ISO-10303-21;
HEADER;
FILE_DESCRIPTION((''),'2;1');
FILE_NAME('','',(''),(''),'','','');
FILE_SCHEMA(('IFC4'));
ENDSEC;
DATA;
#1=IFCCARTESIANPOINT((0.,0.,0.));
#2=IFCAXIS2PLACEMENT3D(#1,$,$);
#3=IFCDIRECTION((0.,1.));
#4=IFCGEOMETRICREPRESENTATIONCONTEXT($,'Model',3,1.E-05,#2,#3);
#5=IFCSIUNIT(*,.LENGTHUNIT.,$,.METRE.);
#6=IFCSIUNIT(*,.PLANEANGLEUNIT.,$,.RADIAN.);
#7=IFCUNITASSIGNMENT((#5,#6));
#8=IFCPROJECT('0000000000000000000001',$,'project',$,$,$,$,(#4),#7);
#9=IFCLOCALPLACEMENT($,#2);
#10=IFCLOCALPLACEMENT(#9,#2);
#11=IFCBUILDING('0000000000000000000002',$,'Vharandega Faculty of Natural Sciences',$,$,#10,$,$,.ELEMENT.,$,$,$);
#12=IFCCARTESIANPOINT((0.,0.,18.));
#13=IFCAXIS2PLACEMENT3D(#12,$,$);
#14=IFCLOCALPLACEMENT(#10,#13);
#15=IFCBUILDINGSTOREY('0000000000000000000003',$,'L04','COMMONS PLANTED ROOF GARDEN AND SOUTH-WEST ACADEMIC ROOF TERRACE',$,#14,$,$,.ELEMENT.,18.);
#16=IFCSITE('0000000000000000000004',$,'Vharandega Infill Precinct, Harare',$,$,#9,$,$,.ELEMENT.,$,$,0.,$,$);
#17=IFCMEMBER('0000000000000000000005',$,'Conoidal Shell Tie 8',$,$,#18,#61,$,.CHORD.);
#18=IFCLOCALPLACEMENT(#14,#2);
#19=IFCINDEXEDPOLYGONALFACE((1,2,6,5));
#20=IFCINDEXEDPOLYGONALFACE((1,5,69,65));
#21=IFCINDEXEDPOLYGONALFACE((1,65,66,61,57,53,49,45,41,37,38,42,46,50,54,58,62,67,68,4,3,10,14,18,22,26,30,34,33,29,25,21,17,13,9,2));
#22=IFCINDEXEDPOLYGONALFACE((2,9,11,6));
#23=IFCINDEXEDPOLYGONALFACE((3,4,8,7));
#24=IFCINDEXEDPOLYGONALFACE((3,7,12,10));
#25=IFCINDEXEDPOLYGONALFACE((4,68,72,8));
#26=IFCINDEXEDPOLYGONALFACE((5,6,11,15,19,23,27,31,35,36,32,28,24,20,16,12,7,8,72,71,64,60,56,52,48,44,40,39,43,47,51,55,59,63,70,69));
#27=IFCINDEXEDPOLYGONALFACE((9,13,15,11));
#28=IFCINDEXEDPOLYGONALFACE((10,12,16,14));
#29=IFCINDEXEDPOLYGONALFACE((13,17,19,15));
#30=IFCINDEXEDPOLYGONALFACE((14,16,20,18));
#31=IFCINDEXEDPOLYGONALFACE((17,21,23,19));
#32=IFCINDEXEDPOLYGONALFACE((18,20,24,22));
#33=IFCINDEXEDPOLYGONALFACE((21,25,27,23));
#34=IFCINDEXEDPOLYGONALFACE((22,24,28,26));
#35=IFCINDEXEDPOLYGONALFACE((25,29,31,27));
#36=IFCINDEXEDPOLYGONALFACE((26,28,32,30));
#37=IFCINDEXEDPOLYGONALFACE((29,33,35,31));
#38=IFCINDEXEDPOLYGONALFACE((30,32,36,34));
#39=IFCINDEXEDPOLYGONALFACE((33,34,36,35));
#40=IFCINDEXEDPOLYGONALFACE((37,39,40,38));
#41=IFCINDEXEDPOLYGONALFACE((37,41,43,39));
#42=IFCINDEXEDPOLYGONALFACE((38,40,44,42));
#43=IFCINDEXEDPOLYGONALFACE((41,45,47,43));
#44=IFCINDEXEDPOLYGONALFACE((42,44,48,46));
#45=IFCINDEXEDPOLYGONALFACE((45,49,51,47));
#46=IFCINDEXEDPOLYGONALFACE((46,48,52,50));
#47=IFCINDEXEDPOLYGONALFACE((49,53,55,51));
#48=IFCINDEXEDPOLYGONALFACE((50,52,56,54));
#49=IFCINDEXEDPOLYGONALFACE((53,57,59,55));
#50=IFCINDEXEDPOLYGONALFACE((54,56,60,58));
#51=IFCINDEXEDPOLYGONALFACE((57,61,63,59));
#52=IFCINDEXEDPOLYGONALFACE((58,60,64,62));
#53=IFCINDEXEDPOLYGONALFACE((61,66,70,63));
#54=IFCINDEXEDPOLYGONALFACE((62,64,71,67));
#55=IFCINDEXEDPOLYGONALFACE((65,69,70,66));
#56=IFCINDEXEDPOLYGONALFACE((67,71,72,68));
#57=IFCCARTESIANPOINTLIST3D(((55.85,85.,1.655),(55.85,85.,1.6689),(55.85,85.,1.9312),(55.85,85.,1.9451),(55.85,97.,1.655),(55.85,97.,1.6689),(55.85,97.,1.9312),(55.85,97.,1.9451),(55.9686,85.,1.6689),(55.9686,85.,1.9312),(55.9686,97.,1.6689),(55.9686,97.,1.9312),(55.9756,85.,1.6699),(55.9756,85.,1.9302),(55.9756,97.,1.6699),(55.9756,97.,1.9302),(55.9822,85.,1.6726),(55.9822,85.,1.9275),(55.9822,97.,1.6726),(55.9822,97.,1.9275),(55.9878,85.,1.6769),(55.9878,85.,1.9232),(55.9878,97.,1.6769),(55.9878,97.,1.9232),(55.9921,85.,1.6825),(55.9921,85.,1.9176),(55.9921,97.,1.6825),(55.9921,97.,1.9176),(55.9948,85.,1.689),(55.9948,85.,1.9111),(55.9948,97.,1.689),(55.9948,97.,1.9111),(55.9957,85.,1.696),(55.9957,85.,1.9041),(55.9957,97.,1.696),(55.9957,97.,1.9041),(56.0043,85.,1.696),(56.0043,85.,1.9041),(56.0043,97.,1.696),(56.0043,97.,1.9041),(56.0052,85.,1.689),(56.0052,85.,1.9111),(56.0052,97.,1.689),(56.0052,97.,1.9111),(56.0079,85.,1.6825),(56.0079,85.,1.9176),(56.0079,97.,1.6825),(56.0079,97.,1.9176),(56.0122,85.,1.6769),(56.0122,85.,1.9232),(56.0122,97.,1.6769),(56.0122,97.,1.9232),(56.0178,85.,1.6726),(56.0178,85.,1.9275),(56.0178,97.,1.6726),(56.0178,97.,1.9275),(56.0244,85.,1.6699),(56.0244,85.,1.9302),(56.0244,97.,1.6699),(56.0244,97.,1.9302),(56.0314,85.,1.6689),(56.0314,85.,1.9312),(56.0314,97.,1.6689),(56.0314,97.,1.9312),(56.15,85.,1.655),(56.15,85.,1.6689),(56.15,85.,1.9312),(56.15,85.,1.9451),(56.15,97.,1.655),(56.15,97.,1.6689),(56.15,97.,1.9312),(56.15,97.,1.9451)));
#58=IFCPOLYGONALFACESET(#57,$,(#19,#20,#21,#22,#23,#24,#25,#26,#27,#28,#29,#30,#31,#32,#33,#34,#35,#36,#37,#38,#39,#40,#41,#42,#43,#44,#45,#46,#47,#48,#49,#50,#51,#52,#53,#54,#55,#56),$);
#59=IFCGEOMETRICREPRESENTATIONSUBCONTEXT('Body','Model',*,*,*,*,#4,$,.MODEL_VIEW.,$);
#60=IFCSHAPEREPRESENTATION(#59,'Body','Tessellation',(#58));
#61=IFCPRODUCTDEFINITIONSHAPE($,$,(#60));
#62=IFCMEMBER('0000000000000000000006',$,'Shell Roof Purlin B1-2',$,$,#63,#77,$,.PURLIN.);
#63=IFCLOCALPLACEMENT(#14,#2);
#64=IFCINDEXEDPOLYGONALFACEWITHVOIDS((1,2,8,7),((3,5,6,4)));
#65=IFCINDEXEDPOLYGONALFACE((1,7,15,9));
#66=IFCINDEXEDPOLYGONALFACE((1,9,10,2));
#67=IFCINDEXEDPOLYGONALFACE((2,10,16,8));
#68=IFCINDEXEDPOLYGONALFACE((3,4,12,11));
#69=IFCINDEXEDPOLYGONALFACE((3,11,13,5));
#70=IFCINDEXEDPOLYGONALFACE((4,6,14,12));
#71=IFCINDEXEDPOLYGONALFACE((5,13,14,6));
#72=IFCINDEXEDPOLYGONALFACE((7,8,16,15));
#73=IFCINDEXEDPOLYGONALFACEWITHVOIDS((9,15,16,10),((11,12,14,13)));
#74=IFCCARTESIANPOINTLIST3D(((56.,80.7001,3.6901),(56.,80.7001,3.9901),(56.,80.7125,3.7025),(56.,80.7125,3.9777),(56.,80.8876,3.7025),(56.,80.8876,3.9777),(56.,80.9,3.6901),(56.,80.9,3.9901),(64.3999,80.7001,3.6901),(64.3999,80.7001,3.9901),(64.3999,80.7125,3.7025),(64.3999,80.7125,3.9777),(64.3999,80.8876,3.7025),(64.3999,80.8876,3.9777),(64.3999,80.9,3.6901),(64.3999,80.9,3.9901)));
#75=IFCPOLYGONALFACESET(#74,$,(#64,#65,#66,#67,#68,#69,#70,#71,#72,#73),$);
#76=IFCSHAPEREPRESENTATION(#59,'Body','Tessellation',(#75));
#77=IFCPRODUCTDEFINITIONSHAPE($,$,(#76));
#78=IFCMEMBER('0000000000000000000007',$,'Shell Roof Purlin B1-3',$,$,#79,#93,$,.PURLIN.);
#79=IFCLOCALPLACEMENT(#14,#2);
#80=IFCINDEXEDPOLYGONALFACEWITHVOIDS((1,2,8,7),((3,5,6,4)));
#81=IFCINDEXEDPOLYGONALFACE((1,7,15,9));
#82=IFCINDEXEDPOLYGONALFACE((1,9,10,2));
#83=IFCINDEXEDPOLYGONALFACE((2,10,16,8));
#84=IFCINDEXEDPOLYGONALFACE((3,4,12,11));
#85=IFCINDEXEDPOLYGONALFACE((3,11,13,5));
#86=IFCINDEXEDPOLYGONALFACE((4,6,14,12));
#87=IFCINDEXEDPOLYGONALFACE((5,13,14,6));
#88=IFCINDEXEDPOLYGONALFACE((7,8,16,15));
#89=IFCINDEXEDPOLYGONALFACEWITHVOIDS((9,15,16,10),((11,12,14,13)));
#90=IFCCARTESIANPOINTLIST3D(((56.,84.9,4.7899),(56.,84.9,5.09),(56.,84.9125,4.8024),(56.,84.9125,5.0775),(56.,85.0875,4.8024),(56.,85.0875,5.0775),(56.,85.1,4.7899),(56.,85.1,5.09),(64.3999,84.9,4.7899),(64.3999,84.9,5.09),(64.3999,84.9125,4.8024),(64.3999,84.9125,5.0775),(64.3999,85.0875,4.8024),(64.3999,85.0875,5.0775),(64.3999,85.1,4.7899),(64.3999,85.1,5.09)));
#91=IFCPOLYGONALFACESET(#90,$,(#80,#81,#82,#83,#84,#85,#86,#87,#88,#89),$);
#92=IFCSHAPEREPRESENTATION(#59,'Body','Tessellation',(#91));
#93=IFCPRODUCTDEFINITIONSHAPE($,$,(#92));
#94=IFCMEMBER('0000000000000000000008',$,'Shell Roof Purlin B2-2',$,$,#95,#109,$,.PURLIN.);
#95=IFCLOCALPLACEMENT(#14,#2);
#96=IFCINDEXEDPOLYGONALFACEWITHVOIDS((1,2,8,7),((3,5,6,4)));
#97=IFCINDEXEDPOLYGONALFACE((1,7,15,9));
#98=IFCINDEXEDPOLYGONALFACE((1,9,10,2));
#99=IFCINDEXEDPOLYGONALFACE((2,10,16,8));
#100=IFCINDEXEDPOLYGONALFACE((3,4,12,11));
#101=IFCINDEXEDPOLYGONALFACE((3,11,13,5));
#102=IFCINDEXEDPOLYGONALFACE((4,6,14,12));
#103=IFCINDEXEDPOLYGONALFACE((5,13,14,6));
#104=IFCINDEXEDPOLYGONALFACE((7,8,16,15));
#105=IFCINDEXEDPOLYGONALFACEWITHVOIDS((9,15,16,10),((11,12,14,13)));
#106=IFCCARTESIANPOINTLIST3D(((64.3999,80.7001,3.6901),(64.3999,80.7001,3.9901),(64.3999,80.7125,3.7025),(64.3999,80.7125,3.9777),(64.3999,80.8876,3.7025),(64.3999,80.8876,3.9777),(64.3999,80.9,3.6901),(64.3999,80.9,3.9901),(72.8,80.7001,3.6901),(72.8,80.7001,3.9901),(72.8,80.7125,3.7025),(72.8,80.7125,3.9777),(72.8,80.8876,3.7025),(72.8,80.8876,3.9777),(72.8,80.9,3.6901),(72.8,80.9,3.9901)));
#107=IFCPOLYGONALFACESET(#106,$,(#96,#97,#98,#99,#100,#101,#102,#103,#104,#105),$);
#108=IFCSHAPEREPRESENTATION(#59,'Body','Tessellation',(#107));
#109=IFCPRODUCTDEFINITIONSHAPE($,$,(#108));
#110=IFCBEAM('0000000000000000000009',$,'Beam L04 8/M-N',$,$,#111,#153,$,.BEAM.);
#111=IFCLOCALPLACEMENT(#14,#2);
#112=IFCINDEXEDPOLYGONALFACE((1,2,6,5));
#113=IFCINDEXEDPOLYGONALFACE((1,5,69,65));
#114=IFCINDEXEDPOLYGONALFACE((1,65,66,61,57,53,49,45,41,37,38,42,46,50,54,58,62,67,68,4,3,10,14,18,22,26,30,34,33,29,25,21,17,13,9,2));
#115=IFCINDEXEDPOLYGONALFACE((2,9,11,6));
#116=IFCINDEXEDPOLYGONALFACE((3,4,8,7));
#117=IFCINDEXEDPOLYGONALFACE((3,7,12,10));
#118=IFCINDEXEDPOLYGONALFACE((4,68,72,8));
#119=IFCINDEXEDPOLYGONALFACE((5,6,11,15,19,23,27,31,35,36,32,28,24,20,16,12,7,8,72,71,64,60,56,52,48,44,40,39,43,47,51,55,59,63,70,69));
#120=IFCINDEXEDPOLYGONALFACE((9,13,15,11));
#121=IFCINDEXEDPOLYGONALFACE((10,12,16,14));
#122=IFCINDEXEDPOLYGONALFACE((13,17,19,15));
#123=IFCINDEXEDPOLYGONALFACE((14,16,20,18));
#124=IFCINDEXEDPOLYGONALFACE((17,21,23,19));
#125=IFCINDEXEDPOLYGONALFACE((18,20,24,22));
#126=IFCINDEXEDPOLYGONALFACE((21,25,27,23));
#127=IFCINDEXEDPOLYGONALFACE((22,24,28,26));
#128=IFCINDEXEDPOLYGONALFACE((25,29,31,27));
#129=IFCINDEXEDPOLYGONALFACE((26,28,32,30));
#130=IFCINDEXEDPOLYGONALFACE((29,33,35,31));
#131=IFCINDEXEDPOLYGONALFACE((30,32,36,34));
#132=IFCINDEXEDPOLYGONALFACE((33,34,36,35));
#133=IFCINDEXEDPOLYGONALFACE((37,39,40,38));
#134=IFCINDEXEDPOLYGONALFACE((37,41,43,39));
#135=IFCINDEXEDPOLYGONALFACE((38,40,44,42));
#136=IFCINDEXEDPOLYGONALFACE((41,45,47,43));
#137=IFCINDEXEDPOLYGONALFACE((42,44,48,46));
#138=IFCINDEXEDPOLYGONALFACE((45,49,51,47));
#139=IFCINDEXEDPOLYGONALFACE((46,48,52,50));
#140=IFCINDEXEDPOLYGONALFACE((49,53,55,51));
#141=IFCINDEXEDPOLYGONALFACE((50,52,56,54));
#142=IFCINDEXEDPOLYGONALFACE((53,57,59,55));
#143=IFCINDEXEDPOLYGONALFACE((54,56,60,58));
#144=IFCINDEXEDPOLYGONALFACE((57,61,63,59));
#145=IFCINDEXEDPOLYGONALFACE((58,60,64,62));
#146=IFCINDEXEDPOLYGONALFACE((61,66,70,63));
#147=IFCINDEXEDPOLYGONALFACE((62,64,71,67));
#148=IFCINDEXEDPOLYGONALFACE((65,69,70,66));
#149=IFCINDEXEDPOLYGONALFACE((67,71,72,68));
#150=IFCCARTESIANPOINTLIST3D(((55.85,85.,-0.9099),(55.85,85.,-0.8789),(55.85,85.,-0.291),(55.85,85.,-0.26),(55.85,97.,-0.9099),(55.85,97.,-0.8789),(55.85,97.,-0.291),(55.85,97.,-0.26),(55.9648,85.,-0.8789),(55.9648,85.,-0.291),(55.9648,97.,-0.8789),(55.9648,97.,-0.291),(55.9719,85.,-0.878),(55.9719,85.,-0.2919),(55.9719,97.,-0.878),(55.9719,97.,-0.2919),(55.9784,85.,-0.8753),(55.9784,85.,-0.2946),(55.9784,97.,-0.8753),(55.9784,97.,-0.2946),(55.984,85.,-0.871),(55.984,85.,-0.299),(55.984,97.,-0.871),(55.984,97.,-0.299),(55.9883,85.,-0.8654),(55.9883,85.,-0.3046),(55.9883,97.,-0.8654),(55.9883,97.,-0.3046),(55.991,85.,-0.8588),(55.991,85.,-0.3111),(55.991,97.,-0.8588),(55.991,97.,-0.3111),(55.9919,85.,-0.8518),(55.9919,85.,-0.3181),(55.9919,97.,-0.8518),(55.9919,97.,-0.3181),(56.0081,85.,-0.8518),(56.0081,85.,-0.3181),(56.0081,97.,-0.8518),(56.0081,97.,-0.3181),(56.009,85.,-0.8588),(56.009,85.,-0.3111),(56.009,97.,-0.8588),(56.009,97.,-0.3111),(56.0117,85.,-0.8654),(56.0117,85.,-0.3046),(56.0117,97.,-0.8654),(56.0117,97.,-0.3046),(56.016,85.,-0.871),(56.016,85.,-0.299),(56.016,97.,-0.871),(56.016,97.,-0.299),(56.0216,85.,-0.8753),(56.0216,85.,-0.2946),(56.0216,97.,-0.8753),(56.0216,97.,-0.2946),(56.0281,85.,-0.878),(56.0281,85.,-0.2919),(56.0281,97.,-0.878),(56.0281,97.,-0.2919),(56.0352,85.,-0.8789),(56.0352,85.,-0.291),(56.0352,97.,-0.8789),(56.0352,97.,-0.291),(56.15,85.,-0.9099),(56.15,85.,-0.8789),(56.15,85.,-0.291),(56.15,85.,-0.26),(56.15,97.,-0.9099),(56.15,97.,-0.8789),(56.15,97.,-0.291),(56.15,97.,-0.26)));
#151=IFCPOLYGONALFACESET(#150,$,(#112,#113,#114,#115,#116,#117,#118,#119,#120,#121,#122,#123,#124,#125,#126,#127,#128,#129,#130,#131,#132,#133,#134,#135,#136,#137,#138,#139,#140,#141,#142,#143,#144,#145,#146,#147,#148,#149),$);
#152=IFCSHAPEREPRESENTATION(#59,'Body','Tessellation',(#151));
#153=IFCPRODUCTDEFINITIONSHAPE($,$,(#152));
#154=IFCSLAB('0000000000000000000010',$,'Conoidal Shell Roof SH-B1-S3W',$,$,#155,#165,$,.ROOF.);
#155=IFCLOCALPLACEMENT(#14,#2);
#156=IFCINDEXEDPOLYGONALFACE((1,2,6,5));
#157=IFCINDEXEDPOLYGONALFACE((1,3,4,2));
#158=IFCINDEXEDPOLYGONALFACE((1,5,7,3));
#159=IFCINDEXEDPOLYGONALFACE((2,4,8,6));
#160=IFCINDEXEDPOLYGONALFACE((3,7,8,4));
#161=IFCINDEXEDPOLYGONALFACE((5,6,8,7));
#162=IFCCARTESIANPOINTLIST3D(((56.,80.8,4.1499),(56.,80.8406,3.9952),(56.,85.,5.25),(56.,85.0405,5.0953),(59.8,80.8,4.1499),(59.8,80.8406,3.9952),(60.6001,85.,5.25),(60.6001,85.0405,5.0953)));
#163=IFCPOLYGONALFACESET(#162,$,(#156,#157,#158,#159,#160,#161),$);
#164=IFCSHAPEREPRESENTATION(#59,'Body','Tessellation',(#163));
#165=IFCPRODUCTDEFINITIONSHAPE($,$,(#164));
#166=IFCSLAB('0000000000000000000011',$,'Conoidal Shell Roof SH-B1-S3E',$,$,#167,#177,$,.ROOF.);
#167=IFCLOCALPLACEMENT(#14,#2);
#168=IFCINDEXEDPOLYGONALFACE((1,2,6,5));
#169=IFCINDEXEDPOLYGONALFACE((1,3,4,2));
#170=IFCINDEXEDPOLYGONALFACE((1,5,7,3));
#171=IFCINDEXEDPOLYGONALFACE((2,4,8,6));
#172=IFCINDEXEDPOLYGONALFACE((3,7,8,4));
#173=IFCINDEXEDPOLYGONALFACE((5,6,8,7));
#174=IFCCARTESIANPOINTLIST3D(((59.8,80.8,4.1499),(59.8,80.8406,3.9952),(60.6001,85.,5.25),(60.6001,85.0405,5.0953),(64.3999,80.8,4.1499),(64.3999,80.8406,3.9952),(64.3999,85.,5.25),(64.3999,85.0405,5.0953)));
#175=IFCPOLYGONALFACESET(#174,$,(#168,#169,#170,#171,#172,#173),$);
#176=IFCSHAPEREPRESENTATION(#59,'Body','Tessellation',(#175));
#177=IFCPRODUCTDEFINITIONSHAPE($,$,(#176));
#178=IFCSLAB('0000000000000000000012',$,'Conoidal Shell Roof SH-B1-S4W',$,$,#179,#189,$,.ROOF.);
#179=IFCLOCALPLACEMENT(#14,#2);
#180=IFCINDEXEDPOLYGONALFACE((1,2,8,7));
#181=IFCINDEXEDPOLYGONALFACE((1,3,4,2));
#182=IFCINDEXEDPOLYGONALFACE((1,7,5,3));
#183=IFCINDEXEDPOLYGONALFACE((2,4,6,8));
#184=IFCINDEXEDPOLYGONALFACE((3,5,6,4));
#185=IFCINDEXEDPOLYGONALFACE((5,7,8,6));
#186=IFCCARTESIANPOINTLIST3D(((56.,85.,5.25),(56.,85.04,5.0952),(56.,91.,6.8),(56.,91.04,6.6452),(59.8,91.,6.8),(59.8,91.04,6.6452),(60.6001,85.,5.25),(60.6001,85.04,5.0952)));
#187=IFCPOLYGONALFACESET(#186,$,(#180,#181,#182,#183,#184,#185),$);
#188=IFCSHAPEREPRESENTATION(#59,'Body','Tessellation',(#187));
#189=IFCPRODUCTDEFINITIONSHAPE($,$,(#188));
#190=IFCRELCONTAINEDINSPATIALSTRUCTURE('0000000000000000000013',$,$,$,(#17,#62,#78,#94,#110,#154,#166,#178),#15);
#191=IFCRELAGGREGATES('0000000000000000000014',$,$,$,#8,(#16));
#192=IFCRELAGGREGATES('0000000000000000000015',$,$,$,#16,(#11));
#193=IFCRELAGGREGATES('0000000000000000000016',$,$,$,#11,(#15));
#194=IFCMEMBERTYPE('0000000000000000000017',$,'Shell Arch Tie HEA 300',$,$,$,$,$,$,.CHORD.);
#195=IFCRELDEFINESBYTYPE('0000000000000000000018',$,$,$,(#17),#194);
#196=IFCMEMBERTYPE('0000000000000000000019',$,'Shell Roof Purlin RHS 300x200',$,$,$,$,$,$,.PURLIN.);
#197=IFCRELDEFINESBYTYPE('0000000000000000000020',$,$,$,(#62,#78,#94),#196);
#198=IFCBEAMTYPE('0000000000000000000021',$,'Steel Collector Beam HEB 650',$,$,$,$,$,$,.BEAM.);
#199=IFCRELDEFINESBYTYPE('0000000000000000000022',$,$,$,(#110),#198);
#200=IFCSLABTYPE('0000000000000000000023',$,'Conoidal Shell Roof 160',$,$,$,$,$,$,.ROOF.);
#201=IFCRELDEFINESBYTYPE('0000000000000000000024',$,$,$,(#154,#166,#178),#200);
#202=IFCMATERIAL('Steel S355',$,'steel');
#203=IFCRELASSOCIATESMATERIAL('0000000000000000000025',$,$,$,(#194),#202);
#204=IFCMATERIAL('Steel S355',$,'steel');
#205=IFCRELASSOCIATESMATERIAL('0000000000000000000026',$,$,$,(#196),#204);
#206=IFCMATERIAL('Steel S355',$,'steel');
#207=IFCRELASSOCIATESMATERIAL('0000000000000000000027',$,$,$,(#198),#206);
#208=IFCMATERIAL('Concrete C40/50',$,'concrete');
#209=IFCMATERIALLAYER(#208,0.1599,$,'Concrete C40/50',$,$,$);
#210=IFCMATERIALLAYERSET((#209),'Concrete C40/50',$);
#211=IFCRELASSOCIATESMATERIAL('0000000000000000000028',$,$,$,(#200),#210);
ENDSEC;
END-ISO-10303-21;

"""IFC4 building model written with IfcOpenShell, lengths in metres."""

from ifc_helpers import new_model, si_unit, direction, frame, origin, origin_2d, place, context, subcontext, project, spatial, polyline, hollow_rectangle, i_section, outline, extrude, material, layer, layer_set, material_profile, profile_set, type_object, element, save


model = new_model("IFC4")

# Units and contexts
model_context = context("Model", 3, precision=1e-05, world=origin(), true_north=direction((0.0, 1.0)))
body_context = subcontext(model_context, "Body", "Model", "MODEL_VIEW")
ifc_project = project(units=[si_unit("LENGTHUNIT", "METRE"), si_unit("PLANEANGLEUNIT", "RADIAN")], contexts=[model_context])

# Site, building, storey
site_placement = place(None, origin())
site = spatial("IfcSite", under=ifc_project, at=site_placement, Name="Vharandega Infill Precinct, Harare", CompositionType="ELEMENT", RefElevation=0.0)
building_placement = place(site_placement, origin())
building = spatial("IfcBuilding", under=site, at=building_placement, Name="Vharandega Faculty of Natural Sciences", CompositionType="ELEMENT")
storey_placement = place(building_placement, frame((0.0, 0.0, 18.0)))
storey = spatial("IfcBuildingStorey", under=building, at=storey_placement, Name="L04", Description="COMMONS PLANTED ROOF GARDEN AND SOUTH-WEST ACADEMIC ROOF TERRACE", CompositionType="ELEMENT", Elevation=18.0)

# Members
ifc_material_1 = material(Name="Steel S355", Category="steel")
ifc_material_profile_1 = material_profile(ifc_material_1, i_section(OverallWidth=0.3, OverallDepth=0.29, WebThickness=0.0085, FlangeThickness=0.0139, FilletRadius=0.0271, at=origin_2d()), Name="HEA 300")
ifc_profile_set_1 = profile_set([ifc_material_profile_1], Name="Steel S355")
member_type_1 = type_object("IfcMemberType", Name="Shell Arch Tie HEA 300", PredefinedType="CHORD", material=ifc_profile_set_1)
member_1_placement = place(storey_placement, frame((56.0, 85.0, 1.8), z_axis=(0.0, 1.0, 0.0), x_axis=(-1.0, 0.0, 0.0)))
element("IfcMember", 1, at=member_1_placement, inside=storey, type_object=member_type_1, Name="Conoidal Shell Tie 8", PredefinedType="CHORD", context=body_context, shape_type="SweptSolid", body=[
    extrude(i_section(OverallWidth=0.3, OverallDepth=0.29, WebThickness=0.0085, FlangeThickness=0.0139, FilletRadius=0.0271, at=origin_2d()), origin(), (0.0, 0.0, 1.0), 12.0),
])
ifc_material_2 = material(Name="Steel S355", Category="steel")
ifc_material_profile_2 = material_profile(ifc_material_2, hollow_rectangle(XDim=0.2, YDim=0.3, WallThickness=0.0125, at=origin_2d()), Name="RHS 300x200x12.5")
ifc_profile_set_2 = profile_set([ifc_material_profile_2], Name="Steel S355")
member_type_2 = type_object("IfcMemberType", Name="Shell Roof Purlin RHS 300x200", PredefinedType="PURLIN", material=ifc_profile_set_2)
for number, where, z_axis, x_axis, name in (
    (2, (56.0, 80.8, 3.8401), (1.0, 0.0, 0.0), (0.0, 1.0, 0.0), "Shell Roof Purlin B1-2"),
    (3, (56.0, 85.0, 4.9399), (1.0, 0.0, 0.0), (0.0, 1.0, 0.0), "Shell Roof Purlin B1-3"),
):
    element("IfcMember", number, at=place(storey_placement, frame(where, z_axis=z_axis, x_axis=x_axis)), inside=storey, type_object=member_type_2, Name=name, PredefinedType="PURLIN", context=body_context, shape_type="SweptSolid", body=[
        extrude(hollow_rectangle(XDim=0.2, YDim=0.3, WallThickness=0.0125, at=origin_2d()), origin(), (0.0, 0.0, 1.0), 8.3999),
    ])
member_2_placement = place(storey_placement, frame((64.3999, 80.8, 3.8401), z_axis=(1.0, 0.0, 0.0), x_axis=(0.0, 1.0, 0.0)))
element("IfcMember", 4, at=member_2_placement, inside=storey, type_object=member_type_2, Name="Shell Roof Purlin B2-2", PredefinedType="PURLIN", context=body_context, shape_type="SweptSolid", body=[
    extrude(hollow_rectangle(XDim=0.2, YDim=0.3, WallThickness=0.0125, at=origin_2d()), origin(), (0.0, 0.0, 1.0), 8.4001),
])

# Beam
ifc_material_3 = material(Name="Steel S355", Category="steel")
ifc_material_profile_3 = material_profile(ifc_material_3, i_section(OverallWidth=0.3, OverallDepth=0.6499, WebThickness=0.0161, FlangeThickness=0.031, FilletRadius=0.0271, at=origin_2d()), Name="HEB 650")
ifc_profile_set_3 = profile_set([ifc_material_profile_3], Name="Steel S355")
beam_type_1 = type_object("IfcBeamType", Name="Steel Collector Beam HEB 650", PredefinedType="BEAM", material=ifc_profile_set_3)
beam_placement = place(storey_placement, frame((56.0, 85.0, -0.585), z_axis=(0.0, 1.0, 0.0), x_axis=(-1.0, 0.0, 0.0)))
element("IfcBeam", 5, at=beam_placement, inside=storey, type_object=beam_type_1, Name="Beam L04 8/M-N", PredefinedType="BEAM", context=body_context, shape_type="SweptSolid", body=[
    extrude(i_section(OverallWidth=0.3, OverallDepth=0.6499, WebThickness=0.0161, FlangeThickness=0.031, FilletRadius=0.0271, at=origin_2d()), origin(), (0.0, 0.0, 1.0), 12.0),
])

# Slabs
ifc_material_4 = material(Name="Concrete C40/50", Category="concrete")
ifc_layer_1 = layer(ifc_material_4, 0.1599, Name="Concrete C40/50")
ifc_layer_set_1 = layer_set([ifc_layer_1], Name="Concrete C40/50")
slab_type = type_object("IfcSlabType", Name="Conoidal Shell Roof 160", PredefinedType="ROOF", material=ifc_layer_set_1)
slab_1_placement = place(storey_placement, frame((56.0, 80.8, 4.1499), z_axis=(0.0, -0.253383, 0.967366), x_axis=(1.0, 0.0, 0.0)))
element("IfcSlab", 6, at=slab_1_placement, inside=storey, type_object=slab_type, Name="Conoidal Shell Roof SH-B1-S3W", PredefinedType="ROOF", context=body_context, shape_type="SweptSolid", body=[
    extrude(outline(polyline([(0.0, 0.0), (3.8, 0.0), (4.6001, 4.3416), (0.0, 4.3416), (0.0, 0.0)])), origin(), (0.0, 0.0, -1.0), 0.1599),
])
slab_2_placement = place(storey_placement, frame((59.8, 80.8, 4.1499), z_axis=(0.0, -0.253383, 0.967366), x_axis=(1.0, 0.0, 0.0)))
element("IfcSlab", 7, at=slab_2_placement, inside=storey, type_object=slab_type, Name="Conoidal Shell Roof SH-B1-S3E", PredefinedType="ROOF", context=body_context, shape_type="SweptSolid", body=[
    extrude(outline(polyline([(0.0, 0.0), (4.5999, 0.0), (4.5999, 4.3416), (0.8, 4.3416), (0.0, 0.0)])), origin(), (0.0, 0.0, -1.0), 0.1599),
])
slab_3_placement = place(storey_placement, frame((56.0, 85.0, 5.25), z_axis=(0.0, -0.250129, 0.968212), x_axis=(1.0, 0.0, 0.0)))
element("IfcSlab", 8, at=slab_3_placement, inside=storey, type_object=slab_type, Name="Conoidal Shell Roof SH-B1-S4W", PredefinedType="ROOF", context=body_context, shape_type="SweptSolid", body=[
    extrude(outline(polyline([(0.0, 0.0), (4.6001, 0.0), (3.8, 6.197), (0.0, 6.197), (0.0, 0.0)])), origin(), (0.0, 0.0, -1.0), 0.1599),
])

save(model, "model.ifc")
